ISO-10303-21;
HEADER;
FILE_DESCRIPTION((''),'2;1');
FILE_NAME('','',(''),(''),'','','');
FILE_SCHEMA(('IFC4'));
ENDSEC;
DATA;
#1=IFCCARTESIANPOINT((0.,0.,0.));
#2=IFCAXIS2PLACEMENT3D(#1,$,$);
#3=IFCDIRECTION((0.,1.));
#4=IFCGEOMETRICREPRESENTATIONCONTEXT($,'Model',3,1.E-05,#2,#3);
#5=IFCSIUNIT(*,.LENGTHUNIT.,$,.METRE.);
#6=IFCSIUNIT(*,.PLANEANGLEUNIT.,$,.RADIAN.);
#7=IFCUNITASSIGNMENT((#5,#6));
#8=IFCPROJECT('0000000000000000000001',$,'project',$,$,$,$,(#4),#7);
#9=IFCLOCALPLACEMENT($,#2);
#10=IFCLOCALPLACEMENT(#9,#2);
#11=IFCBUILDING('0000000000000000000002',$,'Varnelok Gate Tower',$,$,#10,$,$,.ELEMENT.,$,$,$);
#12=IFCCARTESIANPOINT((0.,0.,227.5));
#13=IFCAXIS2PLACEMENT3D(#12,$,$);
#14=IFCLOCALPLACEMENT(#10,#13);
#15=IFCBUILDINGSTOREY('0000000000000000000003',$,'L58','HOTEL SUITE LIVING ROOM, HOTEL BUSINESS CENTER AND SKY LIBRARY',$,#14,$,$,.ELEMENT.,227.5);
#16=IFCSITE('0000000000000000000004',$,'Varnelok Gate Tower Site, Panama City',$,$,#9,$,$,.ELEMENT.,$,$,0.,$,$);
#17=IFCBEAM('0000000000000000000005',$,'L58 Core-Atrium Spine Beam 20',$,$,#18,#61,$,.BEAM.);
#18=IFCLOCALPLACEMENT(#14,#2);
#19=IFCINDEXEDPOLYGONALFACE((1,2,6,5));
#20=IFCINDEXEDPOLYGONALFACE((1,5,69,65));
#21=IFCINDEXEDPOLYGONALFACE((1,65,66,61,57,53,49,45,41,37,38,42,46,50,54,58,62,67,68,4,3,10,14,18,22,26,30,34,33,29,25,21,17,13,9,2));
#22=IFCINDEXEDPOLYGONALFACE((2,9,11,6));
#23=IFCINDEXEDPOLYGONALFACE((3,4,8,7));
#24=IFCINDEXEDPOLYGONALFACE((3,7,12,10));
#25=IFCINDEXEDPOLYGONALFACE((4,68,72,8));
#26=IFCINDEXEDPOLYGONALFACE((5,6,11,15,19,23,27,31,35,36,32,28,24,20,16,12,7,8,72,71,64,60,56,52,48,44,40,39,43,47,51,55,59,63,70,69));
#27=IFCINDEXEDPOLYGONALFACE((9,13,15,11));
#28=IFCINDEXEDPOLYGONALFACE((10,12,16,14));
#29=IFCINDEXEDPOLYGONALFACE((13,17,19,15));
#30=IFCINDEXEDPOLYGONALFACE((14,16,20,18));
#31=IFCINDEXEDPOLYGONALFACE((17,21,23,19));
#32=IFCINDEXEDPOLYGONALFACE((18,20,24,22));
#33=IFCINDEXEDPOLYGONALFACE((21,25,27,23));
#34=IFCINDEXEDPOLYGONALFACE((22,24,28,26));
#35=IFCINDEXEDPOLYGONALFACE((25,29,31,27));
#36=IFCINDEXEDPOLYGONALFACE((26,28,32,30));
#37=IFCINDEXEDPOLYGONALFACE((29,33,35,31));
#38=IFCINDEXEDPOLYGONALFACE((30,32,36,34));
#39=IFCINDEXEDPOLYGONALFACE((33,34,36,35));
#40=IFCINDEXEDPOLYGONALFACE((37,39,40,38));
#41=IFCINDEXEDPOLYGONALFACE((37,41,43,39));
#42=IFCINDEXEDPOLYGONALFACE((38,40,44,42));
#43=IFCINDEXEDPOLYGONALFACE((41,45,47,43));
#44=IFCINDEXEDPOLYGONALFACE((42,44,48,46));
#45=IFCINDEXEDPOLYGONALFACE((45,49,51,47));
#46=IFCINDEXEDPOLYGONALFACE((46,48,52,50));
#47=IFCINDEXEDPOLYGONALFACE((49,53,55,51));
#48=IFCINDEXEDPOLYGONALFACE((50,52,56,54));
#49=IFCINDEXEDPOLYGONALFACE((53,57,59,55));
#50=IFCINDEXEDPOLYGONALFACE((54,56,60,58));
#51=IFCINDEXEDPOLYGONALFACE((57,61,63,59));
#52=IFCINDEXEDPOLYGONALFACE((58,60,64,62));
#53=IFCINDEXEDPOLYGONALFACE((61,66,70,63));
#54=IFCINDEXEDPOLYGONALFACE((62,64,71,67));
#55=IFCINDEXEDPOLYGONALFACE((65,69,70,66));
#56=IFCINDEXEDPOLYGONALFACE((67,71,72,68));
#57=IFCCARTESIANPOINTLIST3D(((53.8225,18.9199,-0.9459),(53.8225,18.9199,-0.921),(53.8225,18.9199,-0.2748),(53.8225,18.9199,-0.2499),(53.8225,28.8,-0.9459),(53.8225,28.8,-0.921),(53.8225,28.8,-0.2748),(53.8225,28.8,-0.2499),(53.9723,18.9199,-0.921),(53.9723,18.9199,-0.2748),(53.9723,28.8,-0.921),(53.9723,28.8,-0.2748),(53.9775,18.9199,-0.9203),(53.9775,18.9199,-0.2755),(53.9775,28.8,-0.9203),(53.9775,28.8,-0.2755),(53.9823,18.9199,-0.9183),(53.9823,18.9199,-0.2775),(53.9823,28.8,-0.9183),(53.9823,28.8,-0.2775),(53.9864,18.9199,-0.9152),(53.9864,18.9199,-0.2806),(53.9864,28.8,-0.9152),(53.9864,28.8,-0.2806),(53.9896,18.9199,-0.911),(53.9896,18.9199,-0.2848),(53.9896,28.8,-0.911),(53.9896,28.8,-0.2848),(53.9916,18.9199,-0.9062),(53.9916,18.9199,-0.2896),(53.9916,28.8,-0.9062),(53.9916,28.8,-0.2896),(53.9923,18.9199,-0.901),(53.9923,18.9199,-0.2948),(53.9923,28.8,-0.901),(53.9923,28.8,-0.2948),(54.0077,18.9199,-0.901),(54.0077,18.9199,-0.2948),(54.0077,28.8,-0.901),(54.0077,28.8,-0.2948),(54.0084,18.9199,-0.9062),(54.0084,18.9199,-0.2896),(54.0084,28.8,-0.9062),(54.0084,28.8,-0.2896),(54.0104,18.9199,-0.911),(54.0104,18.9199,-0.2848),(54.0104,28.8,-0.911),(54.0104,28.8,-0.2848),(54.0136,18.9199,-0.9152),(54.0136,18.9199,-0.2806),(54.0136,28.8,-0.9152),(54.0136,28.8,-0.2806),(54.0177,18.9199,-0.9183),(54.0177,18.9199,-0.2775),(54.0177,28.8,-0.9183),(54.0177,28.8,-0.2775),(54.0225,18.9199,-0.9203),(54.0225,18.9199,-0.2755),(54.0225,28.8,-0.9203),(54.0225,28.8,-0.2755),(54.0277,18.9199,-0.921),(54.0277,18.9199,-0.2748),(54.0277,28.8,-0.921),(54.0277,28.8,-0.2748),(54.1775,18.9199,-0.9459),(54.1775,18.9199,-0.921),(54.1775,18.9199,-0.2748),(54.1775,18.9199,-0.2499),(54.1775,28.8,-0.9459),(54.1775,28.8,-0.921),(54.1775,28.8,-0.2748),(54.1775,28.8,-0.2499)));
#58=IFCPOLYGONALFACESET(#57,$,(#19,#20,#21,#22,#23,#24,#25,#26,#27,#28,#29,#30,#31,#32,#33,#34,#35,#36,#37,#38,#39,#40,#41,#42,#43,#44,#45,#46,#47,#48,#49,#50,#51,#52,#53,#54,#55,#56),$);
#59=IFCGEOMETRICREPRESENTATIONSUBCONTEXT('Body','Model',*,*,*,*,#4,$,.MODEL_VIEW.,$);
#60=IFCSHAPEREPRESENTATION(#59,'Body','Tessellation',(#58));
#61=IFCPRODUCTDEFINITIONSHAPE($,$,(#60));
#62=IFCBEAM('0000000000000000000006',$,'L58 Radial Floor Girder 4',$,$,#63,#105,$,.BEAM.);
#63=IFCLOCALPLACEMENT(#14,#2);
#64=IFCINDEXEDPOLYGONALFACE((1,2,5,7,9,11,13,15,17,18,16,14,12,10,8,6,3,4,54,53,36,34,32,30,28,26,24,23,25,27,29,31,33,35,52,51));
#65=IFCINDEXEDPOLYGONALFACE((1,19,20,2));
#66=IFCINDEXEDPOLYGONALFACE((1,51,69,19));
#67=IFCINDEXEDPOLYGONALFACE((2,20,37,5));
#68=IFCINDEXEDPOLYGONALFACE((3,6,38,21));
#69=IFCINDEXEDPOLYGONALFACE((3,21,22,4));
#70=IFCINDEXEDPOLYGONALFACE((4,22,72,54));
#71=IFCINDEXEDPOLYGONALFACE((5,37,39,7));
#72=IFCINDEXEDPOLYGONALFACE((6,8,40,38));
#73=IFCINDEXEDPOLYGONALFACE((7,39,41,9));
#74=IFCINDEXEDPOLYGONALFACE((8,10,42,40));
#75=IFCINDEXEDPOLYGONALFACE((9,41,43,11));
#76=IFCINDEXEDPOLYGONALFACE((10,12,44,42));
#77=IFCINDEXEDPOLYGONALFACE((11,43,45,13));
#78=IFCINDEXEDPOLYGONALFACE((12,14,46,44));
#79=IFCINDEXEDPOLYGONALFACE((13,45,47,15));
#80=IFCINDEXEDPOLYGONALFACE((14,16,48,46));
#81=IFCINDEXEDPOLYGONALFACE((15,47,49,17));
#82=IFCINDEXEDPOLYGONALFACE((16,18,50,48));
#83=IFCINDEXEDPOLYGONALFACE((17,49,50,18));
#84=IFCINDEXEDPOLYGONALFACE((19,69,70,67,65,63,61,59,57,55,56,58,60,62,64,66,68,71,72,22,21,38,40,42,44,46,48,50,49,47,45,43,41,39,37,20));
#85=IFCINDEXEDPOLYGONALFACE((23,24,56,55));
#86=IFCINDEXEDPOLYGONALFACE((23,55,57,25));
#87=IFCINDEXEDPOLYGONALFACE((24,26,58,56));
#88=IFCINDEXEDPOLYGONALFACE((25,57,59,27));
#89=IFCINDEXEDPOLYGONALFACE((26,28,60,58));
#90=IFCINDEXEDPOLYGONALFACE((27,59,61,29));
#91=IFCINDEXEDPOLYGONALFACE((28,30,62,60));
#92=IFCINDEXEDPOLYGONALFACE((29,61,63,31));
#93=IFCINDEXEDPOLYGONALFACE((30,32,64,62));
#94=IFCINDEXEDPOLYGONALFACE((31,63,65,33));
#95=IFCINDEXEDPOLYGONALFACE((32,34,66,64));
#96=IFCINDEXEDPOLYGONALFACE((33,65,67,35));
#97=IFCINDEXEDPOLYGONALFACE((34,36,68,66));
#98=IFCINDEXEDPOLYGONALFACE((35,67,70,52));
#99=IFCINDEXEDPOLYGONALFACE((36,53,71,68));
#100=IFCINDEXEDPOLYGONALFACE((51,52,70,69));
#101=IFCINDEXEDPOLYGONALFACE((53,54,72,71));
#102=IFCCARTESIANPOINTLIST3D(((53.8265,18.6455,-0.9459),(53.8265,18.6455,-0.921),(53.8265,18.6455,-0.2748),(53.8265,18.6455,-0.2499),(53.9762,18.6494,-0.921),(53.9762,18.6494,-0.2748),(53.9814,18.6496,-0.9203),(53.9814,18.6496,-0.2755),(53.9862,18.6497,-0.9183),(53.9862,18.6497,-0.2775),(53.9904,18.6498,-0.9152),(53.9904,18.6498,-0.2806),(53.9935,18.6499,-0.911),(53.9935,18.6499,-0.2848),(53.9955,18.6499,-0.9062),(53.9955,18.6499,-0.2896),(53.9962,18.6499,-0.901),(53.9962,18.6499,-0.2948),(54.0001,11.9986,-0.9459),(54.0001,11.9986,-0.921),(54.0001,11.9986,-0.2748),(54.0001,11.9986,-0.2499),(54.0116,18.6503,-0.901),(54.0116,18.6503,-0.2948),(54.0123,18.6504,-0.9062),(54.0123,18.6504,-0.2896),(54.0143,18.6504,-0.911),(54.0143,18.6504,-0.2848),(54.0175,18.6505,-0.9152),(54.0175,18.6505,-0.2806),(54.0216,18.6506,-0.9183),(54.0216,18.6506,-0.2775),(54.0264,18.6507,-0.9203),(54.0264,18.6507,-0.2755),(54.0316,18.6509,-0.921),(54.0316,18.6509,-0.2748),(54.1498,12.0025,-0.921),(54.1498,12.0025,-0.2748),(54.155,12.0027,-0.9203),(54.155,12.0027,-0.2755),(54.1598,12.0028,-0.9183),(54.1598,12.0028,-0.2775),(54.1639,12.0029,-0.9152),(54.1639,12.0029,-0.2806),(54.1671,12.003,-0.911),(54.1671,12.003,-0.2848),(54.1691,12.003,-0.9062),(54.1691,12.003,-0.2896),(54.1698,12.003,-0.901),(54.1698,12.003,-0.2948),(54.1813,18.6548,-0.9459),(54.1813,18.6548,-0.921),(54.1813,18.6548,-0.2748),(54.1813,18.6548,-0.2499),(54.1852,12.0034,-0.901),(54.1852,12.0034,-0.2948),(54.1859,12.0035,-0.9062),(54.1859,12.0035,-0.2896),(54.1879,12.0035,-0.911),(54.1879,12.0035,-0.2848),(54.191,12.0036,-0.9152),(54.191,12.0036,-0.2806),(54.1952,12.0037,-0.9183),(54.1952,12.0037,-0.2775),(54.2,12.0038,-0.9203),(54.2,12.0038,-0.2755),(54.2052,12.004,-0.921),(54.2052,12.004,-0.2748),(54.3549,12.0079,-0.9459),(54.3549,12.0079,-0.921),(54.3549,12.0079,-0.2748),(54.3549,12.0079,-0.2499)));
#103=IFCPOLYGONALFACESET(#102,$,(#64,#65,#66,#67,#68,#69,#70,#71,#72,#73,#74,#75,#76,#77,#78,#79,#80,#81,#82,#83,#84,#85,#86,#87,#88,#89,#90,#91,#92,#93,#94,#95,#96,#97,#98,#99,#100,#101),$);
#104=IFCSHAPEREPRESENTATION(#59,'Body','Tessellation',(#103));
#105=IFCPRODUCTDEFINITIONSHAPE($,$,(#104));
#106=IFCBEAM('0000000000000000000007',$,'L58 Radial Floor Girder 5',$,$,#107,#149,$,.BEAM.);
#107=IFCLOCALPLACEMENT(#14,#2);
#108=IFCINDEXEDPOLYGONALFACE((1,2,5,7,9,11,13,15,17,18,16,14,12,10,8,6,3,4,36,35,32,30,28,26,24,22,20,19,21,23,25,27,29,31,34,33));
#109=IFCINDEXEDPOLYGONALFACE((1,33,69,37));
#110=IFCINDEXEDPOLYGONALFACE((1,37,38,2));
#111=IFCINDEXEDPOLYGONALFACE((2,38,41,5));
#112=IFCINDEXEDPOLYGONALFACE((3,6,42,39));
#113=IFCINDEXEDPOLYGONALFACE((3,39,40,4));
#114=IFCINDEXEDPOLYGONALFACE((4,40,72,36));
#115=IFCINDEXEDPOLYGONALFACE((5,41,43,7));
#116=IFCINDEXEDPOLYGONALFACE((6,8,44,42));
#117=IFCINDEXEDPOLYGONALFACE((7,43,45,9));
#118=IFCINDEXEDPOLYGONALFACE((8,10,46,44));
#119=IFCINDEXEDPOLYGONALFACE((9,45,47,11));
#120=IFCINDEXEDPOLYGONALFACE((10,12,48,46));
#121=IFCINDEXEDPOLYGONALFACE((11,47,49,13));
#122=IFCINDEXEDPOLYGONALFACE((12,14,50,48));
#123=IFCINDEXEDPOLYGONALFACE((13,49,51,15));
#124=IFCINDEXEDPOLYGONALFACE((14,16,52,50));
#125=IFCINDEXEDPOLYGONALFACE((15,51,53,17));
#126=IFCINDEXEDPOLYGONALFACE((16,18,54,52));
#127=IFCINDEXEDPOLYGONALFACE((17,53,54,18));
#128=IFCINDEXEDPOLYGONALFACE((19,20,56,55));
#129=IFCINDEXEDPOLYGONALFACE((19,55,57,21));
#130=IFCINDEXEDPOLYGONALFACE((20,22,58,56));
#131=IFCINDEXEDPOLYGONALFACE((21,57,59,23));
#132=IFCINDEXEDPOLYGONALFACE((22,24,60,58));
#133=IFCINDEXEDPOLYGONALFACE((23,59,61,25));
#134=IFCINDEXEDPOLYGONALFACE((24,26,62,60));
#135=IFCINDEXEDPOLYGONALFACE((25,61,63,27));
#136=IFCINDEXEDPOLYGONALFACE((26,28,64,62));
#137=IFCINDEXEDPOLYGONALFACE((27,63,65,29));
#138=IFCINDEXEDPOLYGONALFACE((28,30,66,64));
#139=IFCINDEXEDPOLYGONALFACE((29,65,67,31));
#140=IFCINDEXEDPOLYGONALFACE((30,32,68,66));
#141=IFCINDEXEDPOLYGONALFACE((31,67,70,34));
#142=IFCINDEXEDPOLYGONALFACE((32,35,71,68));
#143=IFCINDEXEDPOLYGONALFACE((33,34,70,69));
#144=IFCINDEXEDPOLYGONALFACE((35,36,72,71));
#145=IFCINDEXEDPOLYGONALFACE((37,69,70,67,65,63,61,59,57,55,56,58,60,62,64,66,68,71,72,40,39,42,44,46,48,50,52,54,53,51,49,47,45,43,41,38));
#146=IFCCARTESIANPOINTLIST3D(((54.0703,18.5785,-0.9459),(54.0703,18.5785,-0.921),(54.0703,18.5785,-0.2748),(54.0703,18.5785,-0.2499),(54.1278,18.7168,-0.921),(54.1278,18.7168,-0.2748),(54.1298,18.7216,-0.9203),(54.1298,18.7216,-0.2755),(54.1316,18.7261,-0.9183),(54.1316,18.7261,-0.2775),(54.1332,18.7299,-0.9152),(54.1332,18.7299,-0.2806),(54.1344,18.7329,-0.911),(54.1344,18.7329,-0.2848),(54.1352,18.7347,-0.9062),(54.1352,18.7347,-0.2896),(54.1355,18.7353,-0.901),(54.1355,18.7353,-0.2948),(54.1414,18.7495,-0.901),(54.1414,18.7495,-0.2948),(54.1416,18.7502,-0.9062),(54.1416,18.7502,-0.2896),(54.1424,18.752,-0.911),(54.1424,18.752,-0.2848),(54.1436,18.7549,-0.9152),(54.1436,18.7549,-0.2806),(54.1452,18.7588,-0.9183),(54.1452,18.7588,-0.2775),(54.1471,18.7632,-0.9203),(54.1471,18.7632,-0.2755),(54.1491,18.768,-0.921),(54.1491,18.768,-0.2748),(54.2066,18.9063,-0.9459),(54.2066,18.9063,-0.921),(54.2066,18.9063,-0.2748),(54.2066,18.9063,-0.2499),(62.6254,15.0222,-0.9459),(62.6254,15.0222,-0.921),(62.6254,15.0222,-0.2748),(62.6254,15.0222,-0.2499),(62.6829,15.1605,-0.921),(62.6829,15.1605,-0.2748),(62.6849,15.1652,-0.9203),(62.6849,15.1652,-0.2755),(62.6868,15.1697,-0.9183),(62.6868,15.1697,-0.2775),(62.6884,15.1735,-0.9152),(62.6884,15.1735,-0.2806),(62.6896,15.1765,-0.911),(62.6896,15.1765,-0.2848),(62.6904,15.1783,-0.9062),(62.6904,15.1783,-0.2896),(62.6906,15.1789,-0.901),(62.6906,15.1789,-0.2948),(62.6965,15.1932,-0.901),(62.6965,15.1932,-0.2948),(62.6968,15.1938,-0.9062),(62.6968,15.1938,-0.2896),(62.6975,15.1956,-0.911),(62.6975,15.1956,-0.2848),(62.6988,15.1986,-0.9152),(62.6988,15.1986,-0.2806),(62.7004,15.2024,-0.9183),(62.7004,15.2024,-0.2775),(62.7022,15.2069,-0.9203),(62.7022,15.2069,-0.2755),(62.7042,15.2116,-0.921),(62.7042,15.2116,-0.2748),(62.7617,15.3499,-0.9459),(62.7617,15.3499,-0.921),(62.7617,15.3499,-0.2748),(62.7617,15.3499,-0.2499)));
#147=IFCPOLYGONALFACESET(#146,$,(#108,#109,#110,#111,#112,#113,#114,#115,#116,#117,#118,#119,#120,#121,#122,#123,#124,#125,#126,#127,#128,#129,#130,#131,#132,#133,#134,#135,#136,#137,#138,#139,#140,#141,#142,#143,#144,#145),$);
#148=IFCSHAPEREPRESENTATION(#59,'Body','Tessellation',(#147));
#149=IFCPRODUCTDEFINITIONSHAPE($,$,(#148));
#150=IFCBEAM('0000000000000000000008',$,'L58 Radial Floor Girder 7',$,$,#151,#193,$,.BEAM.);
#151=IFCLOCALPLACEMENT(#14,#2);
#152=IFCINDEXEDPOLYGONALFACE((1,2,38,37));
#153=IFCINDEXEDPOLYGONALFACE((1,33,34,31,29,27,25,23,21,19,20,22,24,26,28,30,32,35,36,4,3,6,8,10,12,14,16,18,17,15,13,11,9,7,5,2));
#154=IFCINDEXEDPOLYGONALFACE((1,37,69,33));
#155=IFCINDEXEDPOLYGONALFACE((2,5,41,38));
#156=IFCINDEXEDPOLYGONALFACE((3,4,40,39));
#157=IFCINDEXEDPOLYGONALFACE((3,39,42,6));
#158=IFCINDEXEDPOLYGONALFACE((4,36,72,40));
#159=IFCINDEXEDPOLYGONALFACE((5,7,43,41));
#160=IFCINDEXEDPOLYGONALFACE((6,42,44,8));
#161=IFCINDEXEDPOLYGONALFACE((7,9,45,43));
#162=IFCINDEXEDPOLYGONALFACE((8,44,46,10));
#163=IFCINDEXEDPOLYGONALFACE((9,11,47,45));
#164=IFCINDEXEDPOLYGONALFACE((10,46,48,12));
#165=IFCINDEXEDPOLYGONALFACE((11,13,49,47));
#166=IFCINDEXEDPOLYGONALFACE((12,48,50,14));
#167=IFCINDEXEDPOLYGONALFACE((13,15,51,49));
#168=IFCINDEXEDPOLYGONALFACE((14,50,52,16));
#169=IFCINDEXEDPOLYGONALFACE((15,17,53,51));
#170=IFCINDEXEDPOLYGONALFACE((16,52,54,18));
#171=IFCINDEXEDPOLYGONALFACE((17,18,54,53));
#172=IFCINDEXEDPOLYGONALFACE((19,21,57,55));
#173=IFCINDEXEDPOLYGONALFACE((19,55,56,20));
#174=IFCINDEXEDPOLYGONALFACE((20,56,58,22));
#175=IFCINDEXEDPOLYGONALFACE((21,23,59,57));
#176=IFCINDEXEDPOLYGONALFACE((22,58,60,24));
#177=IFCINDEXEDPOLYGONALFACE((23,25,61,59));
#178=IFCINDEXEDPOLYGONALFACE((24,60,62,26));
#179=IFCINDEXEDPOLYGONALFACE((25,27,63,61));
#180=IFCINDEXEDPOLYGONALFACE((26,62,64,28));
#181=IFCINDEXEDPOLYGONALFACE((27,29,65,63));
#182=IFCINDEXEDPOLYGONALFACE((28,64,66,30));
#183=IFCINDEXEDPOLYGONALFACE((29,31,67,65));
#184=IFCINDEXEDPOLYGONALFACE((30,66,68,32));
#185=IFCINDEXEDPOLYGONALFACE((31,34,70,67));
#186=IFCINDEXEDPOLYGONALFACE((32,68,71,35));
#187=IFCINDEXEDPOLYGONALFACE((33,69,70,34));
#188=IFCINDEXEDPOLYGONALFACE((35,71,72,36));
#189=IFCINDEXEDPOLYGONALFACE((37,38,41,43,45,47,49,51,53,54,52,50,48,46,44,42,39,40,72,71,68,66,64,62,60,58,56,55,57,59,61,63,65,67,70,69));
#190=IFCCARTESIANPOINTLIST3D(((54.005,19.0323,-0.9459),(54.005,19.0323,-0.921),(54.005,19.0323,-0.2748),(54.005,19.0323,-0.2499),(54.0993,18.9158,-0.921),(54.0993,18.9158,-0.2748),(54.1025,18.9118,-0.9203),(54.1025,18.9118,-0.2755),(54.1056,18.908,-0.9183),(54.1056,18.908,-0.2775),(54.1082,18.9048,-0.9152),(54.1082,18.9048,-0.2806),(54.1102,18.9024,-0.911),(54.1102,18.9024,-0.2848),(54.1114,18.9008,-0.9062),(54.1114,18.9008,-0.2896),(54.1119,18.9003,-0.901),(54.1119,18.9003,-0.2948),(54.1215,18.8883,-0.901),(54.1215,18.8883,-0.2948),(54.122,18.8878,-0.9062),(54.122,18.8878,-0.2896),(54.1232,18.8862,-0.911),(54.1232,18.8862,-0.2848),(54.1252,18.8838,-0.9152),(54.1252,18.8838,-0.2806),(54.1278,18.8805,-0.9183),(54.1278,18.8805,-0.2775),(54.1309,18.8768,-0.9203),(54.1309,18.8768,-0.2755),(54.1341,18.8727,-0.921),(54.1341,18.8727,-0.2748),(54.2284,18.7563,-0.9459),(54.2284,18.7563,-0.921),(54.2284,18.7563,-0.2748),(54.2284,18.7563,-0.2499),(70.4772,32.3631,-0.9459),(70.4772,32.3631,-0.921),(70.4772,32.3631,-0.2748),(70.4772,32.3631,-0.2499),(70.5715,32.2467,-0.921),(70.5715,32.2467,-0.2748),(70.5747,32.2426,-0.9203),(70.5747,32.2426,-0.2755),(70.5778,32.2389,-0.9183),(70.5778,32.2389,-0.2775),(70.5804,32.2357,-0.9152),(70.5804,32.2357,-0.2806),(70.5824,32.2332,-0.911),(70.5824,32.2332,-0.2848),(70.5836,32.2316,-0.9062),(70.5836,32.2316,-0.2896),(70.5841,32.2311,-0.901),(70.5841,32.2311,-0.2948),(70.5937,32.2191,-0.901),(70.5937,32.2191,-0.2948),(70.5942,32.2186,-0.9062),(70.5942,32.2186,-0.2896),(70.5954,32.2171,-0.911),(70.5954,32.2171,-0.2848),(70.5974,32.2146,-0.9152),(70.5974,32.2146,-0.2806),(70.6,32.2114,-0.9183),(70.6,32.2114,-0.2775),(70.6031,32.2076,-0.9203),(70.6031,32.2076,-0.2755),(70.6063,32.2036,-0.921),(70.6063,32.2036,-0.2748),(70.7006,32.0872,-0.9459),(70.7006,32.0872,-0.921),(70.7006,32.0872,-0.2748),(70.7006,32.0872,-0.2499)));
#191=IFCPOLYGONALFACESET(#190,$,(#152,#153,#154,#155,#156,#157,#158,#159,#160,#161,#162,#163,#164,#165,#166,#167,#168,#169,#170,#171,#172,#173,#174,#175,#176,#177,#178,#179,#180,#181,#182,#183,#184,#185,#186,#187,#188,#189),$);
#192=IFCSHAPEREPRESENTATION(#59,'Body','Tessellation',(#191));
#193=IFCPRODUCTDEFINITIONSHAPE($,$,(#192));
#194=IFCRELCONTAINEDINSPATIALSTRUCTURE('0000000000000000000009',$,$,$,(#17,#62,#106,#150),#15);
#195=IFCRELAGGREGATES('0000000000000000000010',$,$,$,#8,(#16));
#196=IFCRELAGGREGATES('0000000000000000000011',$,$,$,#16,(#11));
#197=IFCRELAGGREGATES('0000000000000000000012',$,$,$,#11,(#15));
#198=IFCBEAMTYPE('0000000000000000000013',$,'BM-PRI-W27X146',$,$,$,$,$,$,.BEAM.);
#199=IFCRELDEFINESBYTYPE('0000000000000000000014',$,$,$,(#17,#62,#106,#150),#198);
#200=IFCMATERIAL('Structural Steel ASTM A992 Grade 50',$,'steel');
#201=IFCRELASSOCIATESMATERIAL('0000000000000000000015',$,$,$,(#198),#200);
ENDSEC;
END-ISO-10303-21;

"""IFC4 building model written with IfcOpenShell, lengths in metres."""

from ifc_helpers import new_model, si_unit, direction, frame, origin, origin_2d, place, context, subcontext, project, spatial, i_section, extrude, material, material_profile, profile_set, type_object, element, save


model = new_model("IFC4")

# Units and contexts
model_context = context("Model", 3, precision=1e-05, world=origin(), true_north=direction((0.0, 1.0)))
body_context = subcontext(model_context, "Body", "Model", "MODEL_VIEW")
ifc_project = project(units=[si_unit("LENGTHUNIT", "METRE"), si_unit("PLANEANGLEUNIT", "RADIAN")], contexts=[model_context])

# Site, building, storey
site_placement = place(None, origin())
site = spatial("IfcSite", under=ifc_project, at=site_placement, Name="Varnelok Gate Tower Site, Panama City", CompositionType="ELEMENT", RefElevation=0.0)
building_placement = place(site_placement, origin())
building = spatial("IfcBuilding", under=site, at=building_placement, Name="Varnelok Gate Tower", CompositionType="ELEMENT")
storey_placement = place(building_placement, frame((0.0, 0.0, 227.5)))
storey = spatial("IfcBuildingStorey", under=building, at=storey_placement, Name="L58", Description="HOTEL SUITE LIVING ROOM, HOTEL BUSINESS CENTER AND SKY LIBRARY", CompositionType="ELEMENT", Elevation=227.5)

# Shared definitions
ifc_material_1 = material(Name="Structural Steel ASTM A992 Grade 50", Category="steel")

# Beams
ifc_material_profile_1 = material_profile(ifc_material_1, i_section(OverallWidth=0.355, OverallDepth=0.696, WebThickness=0.0154, FlangeThickness=0.0249, FilletRadius=0.02, at=origin_2d()), Name="W27X146")
ifc_profile_set_1 = profile_set([ifc_material_profile_1], Name="Structural Steel ASTM A992 Grade 50")
beam_type_1 = type_object("IfcBeamType", Name="BM-PRI-W27X146", PredefinedType="BEAM", material=ifc_profile_set_1)
beam_1_placement = place(storey_placement, frame((54.0, 18.9199, -0.5979), z_axis=(0.0, 1.0, 0.0), x_axis=(-1.0, 0.0, 0.0)))
element("IfcBeam", 1, at=beam_1_placement, inside=storey, type_object=beam_type_1, Name="L58 Core-Atrium Spine Beam 20", PredefinedType="BEAM", context=body_context, shape_type="SweptSolid", body=[
    extrude(i_section(OverallWidth=0.355, OverallDepth=0.696, WebThickness=0.0154, FlangeThickness=0.0249, FilletRadius=0.02, at=origin_2d()), origin(), (0.0, 0.0, 1.0), 9.8801),
])
beam_2_placement = place(storey_placement, frame((54.0039, 18.6501, -0.5979), z_axis=(0.026106, -0.999659, 0.0), x_axis=(0.999659, 0.026106, 0.0)))
element("IfcBeam", 2, at=beam_2_placement, inside=storey, type_object=beam_type_1, Name="L58 Radial Floor Girder 4", PredefinedType="BEAM", context=body_context, shape_type="SweptSolid", body=[
    extrude(i_section(OverallWidth=0.355, OverallDepth=0.696, WebThickness=0.0154, FlangeThickness=0.0249, FilletRadius=0.02, at=origin_2d()), origin(), (0.0, 0.0, 1.0), 6.6492),
])
beam_3_placement = place(storey_placement, frame((54.1384, 18.7424, -0.5979), z_axis=(0.923393, -0.383856, 0.0), x_axis=(0.383856, 0.923393, 0.0)))
element("IfcBeam", 3, at=beam_3_placement, inside=storey, type_object=beam_type_1, Name="L58 Radial Floor Girder 5", PredefinedType="BEAM", context=body_context, shape_type="SweptSolid", body=[
    extrude(i_section(OverallWidth=0.355, OverallDepth=0.696, WebThickness=0.0154, FlangeThickness=0.0249, FilletRadius=0.02, at=origin_2d()), origin(), (0.0, 0.0, 1.0), 9.2649),
])
beam_4_placement = place(storey_placement, frame((54.1167, 18.8943, -0.5979), z_axis=(0.777333, 0.62909, 0.0), x_axis=(-0.62909, 0.777333, 0.0)))
element("IfcBeam", 4, at=beam_4_placement, inside=storey, type_object=beam_type_1, Name="L58 Radial Floor Girder 7", PredefinedType="BEAM", context=body_context, shape_type="SweptSolid", body=[
    extrude(i_section(OverallWidth=0.355, OverallDepth=0.696, WebThickness=0.0154, FlangeThickness=0.0249, FilletRadius=0.02, at=origin_2d()), origin(), (0.0, 0.0, 1.0), 21.1907),
])

save(model, "model.ifc")
